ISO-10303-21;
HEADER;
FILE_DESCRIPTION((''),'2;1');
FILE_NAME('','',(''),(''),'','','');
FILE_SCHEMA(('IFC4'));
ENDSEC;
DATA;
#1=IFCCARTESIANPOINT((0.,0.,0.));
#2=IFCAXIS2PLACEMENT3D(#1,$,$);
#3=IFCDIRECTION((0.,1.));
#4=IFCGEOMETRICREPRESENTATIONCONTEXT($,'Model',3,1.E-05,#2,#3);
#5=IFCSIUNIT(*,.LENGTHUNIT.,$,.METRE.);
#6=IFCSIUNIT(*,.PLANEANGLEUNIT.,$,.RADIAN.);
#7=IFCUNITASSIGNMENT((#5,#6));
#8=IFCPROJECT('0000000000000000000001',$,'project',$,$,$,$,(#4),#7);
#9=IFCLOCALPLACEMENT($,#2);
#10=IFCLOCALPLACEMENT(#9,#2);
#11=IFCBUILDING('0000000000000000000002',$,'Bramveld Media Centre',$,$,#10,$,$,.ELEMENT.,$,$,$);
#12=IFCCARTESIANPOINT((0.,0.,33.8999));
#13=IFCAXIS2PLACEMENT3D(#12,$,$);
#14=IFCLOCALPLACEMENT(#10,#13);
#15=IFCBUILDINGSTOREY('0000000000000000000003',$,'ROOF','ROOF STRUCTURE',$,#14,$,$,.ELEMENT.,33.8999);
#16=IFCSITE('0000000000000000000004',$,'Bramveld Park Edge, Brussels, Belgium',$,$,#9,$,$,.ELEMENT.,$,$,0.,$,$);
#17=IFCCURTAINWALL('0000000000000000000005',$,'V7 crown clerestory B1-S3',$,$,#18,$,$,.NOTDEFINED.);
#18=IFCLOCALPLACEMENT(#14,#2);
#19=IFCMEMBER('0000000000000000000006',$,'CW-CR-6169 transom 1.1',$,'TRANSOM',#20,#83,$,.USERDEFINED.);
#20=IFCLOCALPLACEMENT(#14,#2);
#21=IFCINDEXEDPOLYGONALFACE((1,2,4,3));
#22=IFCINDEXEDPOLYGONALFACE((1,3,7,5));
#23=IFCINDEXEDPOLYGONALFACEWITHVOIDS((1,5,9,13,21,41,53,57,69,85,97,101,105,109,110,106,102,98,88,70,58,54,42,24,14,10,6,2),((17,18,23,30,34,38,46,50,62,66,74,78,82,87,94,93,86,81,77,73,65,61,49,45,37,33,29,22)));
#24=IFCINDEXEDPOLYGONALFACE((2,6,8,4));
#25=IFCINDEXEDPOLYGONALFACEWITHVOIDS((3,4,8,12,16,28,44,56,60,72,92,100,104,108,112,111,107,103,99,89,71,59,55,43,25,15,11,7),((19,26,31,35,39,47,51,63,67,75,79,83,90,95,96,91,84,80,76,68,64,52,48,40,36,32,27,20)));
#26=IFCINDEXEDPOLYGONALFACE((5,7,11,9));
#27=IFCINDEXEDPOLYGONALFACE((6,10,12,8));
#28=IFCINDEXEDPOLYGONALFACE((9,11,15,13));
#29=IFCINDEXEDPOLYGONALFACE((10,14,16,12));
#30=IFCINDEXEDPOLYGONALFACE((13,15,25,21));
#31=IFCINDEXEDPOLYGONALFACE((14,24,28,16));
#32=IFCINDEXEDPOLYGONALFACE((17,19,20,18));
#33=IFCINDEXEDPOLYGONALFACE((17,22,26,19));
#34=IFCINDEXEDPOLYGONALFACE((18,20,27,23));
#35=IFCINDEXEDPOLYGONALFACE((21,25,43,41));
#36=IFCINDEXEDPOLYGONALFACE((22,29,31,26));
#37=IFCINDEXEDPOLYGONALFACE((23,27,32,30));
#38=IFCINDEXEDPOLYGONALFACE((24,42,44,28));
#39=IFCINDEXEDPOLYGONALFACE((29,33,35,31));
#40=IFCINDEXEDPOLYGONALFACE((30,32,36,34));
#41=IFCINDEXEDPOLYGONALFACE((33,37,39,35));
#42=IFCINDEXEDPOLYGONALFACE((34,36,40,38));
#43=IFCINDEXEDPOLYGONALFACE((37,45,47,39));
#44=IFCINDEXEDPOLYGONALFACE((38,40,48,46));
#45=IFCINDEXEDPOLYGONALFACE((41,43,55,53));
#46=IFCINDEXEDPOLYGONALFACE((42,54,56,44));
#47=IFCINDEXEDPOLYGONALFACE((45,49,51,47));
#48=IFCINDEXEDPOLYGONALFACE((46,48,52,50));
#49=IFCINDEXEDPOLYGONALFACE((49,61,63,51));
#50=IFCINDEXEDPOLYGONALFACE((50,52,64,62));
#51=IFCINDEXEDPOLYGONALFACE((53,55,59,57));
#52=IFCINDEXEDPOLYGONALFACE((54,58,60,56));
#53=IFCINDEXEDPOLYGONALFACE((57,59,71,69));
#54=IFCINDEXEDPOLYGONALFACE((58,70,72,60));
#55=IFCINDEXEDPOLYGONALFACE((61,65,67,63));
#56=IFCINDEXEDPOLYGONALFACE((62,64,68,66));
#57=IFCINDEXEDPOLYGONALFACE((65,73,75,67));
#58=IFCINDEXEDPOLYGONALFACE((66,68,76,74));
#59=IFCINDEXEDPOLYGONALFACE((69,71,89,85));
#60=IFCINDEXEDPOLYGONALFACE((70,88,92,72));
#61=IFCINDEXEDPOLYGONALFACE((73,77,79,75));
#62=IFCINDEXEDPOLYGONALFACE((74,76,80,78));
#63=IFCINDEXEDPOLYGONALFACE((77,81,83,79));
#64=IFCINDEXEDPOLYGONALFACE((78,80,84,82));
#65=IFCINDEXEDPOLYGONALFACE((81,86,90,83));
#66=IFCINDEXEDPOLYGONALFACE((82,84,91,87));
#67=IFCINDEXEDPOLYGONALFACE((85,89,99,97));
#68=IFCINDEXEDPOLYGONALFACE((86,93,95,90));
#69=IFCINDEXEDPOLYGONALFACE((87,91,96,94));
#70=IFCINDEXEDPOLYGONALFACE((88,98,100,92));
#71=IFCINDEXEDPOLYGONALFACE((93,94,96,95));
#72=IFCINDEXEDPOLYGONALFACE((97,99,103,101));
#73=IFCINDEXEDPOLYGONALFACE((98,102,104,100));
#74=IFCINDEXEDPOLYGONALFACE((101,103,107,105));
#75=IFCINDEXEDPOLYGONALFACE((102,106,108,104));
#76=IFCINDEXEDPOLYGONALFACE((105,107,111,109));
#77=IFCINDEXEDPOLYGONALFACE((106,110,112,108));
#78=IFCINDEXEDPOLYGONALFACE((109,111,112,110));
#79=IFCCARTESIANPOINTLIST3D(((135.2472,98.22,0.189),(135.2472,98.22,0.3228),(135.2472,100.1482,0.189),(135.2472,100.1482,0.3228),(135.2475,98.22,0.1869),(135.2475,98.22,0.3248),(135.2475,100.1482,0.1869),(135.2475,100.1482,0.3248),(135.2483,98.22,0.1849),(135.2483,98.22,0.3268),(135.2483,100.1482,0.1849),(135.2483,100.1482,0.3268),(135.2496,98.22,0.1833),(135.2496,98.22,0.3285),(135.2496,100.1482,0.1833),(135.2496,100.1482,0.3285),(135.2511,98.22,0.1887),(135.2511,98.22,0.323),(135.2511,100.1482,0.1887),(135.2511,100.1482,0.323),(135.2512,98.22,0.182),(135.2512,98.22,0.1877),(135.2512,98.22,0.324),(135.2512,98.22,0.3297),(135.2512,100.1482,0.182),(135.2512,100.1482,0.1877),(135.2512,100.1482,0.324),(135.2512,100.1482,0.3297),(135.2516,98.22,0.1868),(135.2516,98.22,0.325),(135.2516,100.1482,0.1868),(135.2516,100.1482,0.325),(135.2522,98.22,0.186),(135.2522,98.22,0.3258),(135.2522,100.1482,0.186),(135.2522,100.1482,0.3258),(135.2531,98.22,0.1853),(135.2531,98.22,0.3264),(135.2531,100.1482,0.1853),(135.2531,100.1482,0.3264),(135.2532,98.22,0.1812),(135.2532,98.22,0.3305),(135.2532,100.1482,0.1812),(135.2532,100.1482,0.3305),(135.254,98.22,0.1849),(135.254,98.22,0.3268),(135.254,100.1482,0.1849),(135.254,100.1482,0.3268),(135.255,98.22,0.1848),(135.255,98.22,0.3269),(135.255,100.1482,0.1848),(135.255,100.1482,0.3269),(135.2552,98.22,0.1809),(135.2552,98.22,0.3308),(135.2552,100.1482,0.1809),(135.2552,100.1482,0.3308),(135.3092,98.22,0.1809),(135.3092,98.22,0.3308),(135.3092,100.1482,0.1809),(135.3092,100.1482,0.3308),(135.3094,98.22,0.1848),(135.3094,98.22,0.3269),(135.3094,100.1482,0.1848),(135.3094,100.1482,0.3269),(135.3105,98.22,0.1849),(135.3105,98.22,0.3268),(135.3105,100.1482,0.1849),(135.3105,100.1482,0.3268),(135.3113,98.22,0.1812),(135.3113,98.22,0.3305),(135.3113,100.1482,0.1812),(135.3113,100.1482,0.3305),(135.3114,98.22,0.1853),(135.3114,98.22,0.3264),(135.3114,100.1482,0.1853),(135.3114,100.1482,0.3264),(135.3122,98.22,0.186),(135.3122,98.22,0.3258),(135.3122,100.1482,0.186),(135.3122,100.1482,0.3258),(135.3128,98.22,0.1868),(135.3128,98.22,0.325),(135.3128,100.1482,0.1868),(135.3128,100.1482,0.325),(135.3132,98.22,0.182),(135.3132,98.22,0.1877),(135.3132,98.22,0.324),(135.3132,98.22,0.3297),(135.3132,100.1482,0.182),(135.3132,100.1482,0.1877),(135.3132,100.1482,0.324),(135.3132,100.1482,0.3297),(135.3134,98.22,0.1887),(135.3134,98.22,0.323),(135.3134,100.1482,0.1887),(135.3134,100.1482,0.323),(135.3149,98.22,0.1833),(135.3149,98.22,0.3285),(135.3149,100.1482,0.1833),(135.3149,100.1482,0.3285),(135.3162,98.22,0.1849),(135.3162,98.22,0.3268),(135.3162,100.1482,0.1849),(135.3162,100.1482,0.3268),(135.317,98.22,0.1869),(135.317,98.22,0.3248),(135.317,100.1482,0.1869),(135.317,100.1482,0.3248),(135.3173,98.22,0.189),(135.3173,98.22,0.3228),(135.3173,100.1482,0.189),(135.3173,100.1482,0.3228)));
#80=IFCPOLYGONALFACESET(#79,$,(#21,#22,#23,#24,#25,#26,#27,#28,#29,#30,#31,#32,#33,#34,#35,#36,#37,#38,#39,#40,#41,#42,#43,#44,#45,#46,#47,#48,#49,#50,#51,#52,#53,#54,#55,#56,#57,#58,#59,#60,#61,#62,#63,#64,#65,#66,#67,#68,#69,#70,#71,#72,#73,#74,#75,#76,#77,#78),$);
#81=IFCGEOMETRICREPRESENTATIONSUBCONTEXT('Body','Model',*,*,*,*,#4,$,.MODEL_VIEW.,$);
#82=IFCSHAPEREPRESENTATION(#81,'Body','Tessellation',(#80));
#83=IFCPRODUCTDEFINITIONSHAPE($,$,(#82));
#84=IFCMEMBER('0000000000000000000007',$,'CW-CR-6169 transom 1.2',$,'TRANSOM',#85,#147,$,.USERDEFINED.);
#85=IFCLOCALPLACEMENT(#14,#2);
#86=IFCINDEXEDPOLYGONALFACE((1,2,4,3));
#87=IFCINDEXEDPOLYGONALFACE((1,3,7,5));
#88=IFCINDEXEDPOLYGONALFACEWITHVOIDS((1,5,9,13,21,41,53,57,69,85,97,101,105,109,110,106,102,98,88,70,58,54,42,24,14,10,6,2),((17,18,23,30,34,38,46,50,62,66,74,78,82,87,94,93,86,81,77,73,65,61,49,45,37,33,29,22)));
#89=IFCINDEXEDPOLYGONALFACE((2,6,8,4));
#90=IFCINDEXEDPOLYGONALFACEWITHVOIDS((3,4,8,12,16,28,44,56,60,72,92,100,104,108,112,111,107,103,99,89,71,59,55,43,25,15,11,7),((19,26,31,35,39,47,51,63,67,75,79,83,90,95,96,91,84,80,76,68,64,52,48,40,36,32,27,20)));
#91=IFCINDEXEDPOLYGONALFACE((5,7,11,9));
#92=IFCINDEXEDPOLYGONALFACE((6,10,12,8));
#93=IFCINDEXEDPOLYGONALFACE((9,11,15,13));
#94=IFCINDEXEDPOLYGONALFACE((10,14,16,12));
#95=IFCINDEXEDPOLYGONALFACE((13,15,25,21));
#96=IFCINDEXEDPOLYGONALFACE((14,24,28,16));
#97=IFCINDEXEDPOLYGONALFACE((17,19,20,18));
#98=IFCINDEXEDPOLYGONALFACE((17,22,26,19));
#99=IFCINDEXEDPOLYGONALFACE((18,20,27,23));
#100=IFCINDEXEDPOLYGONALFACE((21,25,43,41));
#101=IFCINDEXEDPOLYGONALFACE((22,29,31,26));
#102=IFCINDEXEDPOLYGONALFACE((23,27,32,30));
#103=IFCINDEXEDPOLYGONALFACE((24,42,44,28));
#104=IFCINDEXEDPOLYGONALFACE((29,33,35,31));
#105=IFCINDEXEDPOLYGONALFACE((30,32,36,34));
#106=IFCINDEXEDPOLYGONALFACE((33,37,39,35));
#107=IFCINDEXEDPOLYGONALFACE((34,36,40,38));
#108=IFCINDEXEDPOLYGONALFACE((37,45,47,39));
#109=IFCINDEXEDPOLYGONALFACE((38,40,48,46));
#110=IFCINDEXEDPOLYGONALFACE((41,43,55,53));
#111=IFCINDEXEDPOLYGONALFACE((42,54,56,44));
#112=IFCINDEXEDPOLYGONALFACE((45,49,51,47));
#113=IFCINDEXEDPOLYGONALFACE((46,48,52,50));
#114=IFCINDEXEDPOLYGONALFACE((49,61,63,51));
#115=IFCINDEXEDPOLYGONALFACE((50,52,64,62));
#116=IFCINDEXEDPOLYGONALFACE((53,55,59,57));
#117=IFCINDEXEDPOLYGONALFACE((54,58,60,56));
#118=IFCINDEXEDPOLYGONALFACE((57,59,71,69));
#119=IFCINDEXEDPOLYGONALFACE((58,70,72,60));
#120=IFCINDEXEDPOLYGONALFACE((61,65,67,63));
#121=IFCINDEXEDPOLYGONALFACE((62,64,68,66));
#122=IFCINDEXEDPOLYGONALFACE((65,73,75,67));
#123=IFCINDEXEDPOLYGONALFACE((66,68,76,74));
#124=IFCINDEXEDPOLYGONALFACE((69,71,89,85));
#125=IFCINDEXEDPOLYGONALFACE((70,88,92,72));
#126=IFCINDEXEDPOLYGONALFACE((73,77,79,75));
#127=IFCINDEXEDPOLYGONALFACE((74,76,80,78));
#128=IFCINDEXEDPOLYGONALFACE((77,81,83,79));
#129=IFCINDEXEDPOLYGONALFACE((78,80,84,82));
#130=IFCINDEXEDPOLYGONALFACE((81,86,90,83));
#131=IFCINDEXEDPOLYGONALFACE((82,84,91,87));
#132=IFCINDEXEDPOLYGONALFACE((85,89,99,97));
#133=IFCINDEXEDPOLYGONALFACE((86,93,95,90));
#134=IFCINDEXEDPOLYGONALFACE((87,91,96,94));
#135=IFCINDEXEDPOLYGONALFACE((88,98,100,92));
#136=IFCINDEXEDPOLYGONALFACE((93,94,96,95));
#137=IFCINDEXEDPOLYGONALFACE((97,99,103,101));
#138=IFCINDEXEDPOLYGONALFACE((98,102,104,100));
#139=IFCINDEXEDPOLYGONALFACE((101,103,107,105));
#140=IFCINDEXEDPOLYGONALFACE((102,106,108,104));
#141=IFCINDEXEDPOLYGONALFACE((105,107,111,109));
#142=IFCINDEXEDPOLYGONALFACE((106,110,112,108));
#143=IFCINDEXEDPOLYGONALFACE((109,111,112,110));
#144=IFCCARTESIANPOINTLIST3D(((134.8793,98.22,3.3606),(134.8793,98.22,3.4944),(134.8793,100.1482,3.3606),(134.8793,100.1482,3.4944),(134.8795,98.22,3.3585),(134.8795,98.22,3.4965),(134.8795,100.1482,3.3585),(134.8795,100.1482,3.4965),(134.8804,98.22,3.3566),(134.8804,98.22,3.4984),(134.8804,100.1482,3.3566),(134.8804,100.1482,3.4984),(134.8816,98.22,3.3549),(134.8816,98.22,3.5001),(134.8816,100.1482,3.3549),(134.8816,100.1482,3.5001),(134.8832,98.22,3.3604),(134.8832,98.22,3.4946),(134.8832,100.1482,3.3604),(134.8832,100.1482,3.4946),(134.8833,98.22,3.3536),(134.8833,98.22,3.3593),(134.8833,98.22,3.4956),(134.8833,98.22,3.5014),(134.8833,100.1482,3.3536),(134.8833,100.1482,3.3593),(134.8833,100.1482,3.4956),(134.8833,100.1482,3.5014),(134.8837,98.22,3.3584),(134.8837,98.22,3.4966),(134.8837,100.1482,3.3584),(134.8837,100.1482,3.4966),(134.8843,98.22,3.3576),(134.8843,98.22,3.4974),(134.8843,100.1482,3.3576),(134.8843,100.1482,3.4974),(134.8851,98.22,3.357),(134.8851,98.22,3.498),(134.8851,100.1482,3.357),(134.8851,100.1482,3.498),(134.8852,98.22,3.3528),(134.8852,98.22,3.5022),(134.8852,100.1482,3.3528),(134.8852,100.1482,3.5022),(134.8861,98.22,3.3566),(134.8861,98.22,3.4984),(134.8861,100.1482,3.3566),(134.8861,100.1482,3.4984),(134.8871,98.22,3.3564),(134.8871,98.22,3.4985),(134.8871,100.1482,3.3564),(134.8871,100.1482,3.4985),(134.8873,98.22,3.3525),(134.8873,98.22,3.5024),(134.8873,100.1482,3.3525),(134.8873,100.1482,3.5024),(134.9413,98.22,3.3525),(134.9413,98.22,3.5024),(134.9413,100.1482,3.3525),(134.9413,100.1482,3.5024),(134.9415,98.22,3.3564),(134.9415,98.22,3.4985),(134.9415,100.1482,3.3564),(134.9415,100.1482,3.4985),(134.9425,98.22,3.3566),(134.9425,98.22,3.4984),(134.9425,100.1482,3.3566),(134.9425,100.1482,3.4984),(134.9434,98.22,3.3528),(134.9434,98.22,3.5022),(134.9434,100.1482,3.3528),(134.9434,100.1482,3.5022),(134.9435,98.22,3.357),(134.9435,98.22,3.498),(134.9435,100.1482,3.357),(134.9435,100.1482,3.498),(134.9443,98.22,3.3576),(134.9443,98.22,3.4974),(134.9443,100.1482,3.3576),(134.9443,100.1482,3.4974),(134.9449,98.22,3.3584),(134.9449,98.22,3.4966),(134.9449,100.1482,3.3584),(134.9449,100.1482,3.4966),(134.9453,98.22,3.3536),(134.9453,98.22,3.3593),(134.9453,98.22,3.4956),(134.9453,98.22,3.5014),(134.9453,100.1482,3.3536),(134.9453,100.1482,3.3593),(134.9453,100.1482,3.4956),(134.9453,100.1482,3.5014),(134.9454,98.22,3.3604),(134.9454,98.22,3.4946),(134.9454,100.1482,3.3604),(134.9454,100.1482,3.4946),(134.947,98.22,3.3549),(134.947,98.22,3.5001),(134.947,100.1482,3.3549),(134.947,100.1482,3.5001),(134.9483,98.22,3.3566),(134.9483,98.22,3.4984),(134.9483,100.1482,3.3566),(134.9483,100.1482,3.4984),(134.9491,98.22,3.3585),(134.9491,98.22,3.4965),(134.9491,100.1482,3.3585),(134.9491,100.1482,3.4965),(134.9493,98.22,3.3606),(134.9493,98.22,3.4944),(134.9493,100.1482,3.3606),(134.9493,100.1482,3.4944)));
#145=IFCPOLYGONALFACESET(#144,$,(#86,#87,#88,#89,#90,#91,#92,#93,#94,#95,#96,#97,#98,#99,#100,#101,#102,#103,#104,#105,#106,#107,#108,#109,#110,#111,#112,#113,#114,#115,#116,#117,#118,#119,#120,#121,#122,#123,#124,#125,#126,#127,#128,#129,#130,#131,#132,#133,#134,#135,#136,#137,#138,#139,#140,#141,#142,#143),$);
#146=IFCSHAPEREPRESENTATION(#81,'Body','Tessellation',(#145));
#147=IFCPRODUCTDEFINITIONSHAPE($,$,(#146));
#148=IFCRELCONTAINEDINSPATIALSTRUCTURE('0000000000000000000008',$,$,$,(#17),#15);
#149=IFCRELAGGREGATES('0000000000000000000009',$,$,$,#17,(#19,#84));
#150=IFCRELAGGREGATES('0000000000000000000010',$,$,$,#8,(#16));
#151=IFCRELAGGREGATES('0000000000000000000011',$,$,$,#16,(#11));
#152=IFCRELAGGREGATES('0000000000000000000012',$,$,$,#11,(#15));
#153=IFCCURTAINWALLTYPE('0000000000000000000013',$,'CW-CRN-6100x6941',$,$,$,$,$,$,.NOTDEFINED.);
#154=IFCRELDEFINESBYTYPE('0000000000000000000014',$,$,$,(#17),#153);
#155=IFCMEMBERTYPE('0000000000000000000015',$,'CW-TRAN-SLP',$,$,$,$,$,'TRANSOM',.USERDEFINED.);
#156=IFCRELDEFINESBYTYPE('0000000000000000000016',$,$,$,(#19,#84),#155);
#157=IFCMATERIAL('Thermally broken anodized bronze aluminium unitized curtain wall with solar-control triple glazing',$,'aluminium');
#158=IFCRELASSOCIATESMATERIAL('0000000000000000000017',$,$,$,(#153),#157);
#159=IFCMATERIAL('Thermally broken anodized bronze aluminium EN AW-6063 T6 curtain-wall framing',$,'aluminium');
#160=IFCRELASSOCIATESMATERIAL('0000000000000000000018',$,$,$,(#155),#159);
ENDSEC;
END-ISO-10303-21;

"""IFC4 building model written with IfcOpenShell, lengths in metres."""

from ifc_helpers import new_model, si_unit, direction, frame, origin, origin_2d, place, context, subcontext, project, spatial, hollow_rectangle, extrude, material, material_profile, profile_set, type_object, element, aggregate, save


model = new_model("IFC4")

# Units and contexts
model_context = context("Model", 3, precision=1e-05, world=origin(), true_north=direction((0.0, 1.0)))
body_context = subcontext(model_context, "Body", "Model", "MODEL_VIEW")
ifc_project = project(units=[si_unit("LENGTHUNIT", "METRE"), si_unit("PLANEANGLEUNIT", "RADIAN")], contexts=[model_context])

# Site, building, storey
site_placement = place(None, origin())
site = spatial("IfcSite", under=ifc_project, at=site_placement, Name="Bramveld Park Edge, Brussels, Belgium", CompositionType="ELEMENT", RefElevation=0.0)
building_placement = place(site_placement, origin())
building = spatial("IfcBuilding", under=site, at=building_placement, Name="Bramveld Media Centre", CompositionType="ELEMENT")
storey_placement = place(building_placement, frame((0.0, 0.0, 33.8999)))
storey = spatial("IfcBuildingStorey", under=building, at=storey_placement, Name="ROOF", Description="ROOF STRUCTURE", CompositionType="ELEMENT", Elevation=33.8999)

# Curtain wall, members
ifc_material_1 = material(Name="Thermally broken anodized bronze aluminium unitized curtain wall with solar-control triple glazing", Category="aluminium")
curtain_wall_type = type_object("IfcCurtainWallType", Name="CW-CRN-6100x6941", PredefinedType="NOTDEFINED", material=ifc_material_1)
curtain_wall_placement = place(storey_placement, origin())
curtain_wall = element("IfcCurtainWall", 1, at=curtain_wall_placement, inside=storey, type_object=curtain_wall_type, Name="V7 crown clerestory B1-S3", PredefinedType="NOTDEFINED")
ifc_material_2 = material(Name="Thermally broken anodized bronze aluminium EN AW-6063 T6 curtain-wall framing", Category="aluminium")
ifc_material_profile_1 = material_profile(ifc_material_2, hollow_rectangle(XDim=0.0701, YDim=0.1499, WallThickness=0.0039, InnerFilletRadius=0.0039, OuterFilletRadius=0.0081, at=origin_2d()), Name="AL-TRAN 70x150")
ifc_profile_set_1 = profile_set([ifc_material_profile_1], Name="Thermally broken anodized bronze aluminium EN AW-6063 T6 curtain-wall framing")
member_type_1 = type_object("IfcMemberType", Name="CW-TRAN-SLP", ElementType="TRANSOM", PredefinedType="USERDEFINED", material=ifc_profile_set_1)
member_1_placement = place(storey_placement, frame((135.2822, 98.22, 0.2559), z_axis=(0.0, 1.0, 0.0), x_axis=(-1.0, 0.0, 0.0)))
member_1 = element("IfcMember", 2, at=member_1_placement, type_object=member_type_1, Name="CW-CR-6169 transom 1.1", ObjectType="TRANSOM", PredefinedType="USERDEFINED", context=body_context, shape_type="SweptSolid", body=[
    extrude(hollow_rectangle(XDim=0.0701, YDim=0.1499, WallThickness=0.0039, InnerFilletRadius=0.0039, OuterFilletRadius=0.0081, at=origin_2d()), origin(), (0.0, 0.0, 1.0), 1.9282),
])
member_2_placement = place(storey_placement, frame((134.9143, 98.22, 3.4275), z_axis=(0.0, 1.0, 0.0), x_axis=(-1.0, 0.0, 0.0)))
member_2 = element("IfcMember", 3, at=member_2_placement, type_object=member_type_1, Name="CW-CR-6169 transom 1.2", ObjectType="TRANSOM", PredefinedType="USERDEFINED", context=body_context, shape_type="SweptSolid", body=[
    extrude(hollow_rectangle(XDim=0.0701, YDim=0.1499, WallThickness=0.0039, InnerFilletRadius=0.0039, OuterFilletRadius=0.0081, at=origin_2d()), origin(), (0.0, 0.0, 1.0), 1.9282),
])

aggregate(curtain_wall, [member_1, member_2])

save(model, "model.ifc")
